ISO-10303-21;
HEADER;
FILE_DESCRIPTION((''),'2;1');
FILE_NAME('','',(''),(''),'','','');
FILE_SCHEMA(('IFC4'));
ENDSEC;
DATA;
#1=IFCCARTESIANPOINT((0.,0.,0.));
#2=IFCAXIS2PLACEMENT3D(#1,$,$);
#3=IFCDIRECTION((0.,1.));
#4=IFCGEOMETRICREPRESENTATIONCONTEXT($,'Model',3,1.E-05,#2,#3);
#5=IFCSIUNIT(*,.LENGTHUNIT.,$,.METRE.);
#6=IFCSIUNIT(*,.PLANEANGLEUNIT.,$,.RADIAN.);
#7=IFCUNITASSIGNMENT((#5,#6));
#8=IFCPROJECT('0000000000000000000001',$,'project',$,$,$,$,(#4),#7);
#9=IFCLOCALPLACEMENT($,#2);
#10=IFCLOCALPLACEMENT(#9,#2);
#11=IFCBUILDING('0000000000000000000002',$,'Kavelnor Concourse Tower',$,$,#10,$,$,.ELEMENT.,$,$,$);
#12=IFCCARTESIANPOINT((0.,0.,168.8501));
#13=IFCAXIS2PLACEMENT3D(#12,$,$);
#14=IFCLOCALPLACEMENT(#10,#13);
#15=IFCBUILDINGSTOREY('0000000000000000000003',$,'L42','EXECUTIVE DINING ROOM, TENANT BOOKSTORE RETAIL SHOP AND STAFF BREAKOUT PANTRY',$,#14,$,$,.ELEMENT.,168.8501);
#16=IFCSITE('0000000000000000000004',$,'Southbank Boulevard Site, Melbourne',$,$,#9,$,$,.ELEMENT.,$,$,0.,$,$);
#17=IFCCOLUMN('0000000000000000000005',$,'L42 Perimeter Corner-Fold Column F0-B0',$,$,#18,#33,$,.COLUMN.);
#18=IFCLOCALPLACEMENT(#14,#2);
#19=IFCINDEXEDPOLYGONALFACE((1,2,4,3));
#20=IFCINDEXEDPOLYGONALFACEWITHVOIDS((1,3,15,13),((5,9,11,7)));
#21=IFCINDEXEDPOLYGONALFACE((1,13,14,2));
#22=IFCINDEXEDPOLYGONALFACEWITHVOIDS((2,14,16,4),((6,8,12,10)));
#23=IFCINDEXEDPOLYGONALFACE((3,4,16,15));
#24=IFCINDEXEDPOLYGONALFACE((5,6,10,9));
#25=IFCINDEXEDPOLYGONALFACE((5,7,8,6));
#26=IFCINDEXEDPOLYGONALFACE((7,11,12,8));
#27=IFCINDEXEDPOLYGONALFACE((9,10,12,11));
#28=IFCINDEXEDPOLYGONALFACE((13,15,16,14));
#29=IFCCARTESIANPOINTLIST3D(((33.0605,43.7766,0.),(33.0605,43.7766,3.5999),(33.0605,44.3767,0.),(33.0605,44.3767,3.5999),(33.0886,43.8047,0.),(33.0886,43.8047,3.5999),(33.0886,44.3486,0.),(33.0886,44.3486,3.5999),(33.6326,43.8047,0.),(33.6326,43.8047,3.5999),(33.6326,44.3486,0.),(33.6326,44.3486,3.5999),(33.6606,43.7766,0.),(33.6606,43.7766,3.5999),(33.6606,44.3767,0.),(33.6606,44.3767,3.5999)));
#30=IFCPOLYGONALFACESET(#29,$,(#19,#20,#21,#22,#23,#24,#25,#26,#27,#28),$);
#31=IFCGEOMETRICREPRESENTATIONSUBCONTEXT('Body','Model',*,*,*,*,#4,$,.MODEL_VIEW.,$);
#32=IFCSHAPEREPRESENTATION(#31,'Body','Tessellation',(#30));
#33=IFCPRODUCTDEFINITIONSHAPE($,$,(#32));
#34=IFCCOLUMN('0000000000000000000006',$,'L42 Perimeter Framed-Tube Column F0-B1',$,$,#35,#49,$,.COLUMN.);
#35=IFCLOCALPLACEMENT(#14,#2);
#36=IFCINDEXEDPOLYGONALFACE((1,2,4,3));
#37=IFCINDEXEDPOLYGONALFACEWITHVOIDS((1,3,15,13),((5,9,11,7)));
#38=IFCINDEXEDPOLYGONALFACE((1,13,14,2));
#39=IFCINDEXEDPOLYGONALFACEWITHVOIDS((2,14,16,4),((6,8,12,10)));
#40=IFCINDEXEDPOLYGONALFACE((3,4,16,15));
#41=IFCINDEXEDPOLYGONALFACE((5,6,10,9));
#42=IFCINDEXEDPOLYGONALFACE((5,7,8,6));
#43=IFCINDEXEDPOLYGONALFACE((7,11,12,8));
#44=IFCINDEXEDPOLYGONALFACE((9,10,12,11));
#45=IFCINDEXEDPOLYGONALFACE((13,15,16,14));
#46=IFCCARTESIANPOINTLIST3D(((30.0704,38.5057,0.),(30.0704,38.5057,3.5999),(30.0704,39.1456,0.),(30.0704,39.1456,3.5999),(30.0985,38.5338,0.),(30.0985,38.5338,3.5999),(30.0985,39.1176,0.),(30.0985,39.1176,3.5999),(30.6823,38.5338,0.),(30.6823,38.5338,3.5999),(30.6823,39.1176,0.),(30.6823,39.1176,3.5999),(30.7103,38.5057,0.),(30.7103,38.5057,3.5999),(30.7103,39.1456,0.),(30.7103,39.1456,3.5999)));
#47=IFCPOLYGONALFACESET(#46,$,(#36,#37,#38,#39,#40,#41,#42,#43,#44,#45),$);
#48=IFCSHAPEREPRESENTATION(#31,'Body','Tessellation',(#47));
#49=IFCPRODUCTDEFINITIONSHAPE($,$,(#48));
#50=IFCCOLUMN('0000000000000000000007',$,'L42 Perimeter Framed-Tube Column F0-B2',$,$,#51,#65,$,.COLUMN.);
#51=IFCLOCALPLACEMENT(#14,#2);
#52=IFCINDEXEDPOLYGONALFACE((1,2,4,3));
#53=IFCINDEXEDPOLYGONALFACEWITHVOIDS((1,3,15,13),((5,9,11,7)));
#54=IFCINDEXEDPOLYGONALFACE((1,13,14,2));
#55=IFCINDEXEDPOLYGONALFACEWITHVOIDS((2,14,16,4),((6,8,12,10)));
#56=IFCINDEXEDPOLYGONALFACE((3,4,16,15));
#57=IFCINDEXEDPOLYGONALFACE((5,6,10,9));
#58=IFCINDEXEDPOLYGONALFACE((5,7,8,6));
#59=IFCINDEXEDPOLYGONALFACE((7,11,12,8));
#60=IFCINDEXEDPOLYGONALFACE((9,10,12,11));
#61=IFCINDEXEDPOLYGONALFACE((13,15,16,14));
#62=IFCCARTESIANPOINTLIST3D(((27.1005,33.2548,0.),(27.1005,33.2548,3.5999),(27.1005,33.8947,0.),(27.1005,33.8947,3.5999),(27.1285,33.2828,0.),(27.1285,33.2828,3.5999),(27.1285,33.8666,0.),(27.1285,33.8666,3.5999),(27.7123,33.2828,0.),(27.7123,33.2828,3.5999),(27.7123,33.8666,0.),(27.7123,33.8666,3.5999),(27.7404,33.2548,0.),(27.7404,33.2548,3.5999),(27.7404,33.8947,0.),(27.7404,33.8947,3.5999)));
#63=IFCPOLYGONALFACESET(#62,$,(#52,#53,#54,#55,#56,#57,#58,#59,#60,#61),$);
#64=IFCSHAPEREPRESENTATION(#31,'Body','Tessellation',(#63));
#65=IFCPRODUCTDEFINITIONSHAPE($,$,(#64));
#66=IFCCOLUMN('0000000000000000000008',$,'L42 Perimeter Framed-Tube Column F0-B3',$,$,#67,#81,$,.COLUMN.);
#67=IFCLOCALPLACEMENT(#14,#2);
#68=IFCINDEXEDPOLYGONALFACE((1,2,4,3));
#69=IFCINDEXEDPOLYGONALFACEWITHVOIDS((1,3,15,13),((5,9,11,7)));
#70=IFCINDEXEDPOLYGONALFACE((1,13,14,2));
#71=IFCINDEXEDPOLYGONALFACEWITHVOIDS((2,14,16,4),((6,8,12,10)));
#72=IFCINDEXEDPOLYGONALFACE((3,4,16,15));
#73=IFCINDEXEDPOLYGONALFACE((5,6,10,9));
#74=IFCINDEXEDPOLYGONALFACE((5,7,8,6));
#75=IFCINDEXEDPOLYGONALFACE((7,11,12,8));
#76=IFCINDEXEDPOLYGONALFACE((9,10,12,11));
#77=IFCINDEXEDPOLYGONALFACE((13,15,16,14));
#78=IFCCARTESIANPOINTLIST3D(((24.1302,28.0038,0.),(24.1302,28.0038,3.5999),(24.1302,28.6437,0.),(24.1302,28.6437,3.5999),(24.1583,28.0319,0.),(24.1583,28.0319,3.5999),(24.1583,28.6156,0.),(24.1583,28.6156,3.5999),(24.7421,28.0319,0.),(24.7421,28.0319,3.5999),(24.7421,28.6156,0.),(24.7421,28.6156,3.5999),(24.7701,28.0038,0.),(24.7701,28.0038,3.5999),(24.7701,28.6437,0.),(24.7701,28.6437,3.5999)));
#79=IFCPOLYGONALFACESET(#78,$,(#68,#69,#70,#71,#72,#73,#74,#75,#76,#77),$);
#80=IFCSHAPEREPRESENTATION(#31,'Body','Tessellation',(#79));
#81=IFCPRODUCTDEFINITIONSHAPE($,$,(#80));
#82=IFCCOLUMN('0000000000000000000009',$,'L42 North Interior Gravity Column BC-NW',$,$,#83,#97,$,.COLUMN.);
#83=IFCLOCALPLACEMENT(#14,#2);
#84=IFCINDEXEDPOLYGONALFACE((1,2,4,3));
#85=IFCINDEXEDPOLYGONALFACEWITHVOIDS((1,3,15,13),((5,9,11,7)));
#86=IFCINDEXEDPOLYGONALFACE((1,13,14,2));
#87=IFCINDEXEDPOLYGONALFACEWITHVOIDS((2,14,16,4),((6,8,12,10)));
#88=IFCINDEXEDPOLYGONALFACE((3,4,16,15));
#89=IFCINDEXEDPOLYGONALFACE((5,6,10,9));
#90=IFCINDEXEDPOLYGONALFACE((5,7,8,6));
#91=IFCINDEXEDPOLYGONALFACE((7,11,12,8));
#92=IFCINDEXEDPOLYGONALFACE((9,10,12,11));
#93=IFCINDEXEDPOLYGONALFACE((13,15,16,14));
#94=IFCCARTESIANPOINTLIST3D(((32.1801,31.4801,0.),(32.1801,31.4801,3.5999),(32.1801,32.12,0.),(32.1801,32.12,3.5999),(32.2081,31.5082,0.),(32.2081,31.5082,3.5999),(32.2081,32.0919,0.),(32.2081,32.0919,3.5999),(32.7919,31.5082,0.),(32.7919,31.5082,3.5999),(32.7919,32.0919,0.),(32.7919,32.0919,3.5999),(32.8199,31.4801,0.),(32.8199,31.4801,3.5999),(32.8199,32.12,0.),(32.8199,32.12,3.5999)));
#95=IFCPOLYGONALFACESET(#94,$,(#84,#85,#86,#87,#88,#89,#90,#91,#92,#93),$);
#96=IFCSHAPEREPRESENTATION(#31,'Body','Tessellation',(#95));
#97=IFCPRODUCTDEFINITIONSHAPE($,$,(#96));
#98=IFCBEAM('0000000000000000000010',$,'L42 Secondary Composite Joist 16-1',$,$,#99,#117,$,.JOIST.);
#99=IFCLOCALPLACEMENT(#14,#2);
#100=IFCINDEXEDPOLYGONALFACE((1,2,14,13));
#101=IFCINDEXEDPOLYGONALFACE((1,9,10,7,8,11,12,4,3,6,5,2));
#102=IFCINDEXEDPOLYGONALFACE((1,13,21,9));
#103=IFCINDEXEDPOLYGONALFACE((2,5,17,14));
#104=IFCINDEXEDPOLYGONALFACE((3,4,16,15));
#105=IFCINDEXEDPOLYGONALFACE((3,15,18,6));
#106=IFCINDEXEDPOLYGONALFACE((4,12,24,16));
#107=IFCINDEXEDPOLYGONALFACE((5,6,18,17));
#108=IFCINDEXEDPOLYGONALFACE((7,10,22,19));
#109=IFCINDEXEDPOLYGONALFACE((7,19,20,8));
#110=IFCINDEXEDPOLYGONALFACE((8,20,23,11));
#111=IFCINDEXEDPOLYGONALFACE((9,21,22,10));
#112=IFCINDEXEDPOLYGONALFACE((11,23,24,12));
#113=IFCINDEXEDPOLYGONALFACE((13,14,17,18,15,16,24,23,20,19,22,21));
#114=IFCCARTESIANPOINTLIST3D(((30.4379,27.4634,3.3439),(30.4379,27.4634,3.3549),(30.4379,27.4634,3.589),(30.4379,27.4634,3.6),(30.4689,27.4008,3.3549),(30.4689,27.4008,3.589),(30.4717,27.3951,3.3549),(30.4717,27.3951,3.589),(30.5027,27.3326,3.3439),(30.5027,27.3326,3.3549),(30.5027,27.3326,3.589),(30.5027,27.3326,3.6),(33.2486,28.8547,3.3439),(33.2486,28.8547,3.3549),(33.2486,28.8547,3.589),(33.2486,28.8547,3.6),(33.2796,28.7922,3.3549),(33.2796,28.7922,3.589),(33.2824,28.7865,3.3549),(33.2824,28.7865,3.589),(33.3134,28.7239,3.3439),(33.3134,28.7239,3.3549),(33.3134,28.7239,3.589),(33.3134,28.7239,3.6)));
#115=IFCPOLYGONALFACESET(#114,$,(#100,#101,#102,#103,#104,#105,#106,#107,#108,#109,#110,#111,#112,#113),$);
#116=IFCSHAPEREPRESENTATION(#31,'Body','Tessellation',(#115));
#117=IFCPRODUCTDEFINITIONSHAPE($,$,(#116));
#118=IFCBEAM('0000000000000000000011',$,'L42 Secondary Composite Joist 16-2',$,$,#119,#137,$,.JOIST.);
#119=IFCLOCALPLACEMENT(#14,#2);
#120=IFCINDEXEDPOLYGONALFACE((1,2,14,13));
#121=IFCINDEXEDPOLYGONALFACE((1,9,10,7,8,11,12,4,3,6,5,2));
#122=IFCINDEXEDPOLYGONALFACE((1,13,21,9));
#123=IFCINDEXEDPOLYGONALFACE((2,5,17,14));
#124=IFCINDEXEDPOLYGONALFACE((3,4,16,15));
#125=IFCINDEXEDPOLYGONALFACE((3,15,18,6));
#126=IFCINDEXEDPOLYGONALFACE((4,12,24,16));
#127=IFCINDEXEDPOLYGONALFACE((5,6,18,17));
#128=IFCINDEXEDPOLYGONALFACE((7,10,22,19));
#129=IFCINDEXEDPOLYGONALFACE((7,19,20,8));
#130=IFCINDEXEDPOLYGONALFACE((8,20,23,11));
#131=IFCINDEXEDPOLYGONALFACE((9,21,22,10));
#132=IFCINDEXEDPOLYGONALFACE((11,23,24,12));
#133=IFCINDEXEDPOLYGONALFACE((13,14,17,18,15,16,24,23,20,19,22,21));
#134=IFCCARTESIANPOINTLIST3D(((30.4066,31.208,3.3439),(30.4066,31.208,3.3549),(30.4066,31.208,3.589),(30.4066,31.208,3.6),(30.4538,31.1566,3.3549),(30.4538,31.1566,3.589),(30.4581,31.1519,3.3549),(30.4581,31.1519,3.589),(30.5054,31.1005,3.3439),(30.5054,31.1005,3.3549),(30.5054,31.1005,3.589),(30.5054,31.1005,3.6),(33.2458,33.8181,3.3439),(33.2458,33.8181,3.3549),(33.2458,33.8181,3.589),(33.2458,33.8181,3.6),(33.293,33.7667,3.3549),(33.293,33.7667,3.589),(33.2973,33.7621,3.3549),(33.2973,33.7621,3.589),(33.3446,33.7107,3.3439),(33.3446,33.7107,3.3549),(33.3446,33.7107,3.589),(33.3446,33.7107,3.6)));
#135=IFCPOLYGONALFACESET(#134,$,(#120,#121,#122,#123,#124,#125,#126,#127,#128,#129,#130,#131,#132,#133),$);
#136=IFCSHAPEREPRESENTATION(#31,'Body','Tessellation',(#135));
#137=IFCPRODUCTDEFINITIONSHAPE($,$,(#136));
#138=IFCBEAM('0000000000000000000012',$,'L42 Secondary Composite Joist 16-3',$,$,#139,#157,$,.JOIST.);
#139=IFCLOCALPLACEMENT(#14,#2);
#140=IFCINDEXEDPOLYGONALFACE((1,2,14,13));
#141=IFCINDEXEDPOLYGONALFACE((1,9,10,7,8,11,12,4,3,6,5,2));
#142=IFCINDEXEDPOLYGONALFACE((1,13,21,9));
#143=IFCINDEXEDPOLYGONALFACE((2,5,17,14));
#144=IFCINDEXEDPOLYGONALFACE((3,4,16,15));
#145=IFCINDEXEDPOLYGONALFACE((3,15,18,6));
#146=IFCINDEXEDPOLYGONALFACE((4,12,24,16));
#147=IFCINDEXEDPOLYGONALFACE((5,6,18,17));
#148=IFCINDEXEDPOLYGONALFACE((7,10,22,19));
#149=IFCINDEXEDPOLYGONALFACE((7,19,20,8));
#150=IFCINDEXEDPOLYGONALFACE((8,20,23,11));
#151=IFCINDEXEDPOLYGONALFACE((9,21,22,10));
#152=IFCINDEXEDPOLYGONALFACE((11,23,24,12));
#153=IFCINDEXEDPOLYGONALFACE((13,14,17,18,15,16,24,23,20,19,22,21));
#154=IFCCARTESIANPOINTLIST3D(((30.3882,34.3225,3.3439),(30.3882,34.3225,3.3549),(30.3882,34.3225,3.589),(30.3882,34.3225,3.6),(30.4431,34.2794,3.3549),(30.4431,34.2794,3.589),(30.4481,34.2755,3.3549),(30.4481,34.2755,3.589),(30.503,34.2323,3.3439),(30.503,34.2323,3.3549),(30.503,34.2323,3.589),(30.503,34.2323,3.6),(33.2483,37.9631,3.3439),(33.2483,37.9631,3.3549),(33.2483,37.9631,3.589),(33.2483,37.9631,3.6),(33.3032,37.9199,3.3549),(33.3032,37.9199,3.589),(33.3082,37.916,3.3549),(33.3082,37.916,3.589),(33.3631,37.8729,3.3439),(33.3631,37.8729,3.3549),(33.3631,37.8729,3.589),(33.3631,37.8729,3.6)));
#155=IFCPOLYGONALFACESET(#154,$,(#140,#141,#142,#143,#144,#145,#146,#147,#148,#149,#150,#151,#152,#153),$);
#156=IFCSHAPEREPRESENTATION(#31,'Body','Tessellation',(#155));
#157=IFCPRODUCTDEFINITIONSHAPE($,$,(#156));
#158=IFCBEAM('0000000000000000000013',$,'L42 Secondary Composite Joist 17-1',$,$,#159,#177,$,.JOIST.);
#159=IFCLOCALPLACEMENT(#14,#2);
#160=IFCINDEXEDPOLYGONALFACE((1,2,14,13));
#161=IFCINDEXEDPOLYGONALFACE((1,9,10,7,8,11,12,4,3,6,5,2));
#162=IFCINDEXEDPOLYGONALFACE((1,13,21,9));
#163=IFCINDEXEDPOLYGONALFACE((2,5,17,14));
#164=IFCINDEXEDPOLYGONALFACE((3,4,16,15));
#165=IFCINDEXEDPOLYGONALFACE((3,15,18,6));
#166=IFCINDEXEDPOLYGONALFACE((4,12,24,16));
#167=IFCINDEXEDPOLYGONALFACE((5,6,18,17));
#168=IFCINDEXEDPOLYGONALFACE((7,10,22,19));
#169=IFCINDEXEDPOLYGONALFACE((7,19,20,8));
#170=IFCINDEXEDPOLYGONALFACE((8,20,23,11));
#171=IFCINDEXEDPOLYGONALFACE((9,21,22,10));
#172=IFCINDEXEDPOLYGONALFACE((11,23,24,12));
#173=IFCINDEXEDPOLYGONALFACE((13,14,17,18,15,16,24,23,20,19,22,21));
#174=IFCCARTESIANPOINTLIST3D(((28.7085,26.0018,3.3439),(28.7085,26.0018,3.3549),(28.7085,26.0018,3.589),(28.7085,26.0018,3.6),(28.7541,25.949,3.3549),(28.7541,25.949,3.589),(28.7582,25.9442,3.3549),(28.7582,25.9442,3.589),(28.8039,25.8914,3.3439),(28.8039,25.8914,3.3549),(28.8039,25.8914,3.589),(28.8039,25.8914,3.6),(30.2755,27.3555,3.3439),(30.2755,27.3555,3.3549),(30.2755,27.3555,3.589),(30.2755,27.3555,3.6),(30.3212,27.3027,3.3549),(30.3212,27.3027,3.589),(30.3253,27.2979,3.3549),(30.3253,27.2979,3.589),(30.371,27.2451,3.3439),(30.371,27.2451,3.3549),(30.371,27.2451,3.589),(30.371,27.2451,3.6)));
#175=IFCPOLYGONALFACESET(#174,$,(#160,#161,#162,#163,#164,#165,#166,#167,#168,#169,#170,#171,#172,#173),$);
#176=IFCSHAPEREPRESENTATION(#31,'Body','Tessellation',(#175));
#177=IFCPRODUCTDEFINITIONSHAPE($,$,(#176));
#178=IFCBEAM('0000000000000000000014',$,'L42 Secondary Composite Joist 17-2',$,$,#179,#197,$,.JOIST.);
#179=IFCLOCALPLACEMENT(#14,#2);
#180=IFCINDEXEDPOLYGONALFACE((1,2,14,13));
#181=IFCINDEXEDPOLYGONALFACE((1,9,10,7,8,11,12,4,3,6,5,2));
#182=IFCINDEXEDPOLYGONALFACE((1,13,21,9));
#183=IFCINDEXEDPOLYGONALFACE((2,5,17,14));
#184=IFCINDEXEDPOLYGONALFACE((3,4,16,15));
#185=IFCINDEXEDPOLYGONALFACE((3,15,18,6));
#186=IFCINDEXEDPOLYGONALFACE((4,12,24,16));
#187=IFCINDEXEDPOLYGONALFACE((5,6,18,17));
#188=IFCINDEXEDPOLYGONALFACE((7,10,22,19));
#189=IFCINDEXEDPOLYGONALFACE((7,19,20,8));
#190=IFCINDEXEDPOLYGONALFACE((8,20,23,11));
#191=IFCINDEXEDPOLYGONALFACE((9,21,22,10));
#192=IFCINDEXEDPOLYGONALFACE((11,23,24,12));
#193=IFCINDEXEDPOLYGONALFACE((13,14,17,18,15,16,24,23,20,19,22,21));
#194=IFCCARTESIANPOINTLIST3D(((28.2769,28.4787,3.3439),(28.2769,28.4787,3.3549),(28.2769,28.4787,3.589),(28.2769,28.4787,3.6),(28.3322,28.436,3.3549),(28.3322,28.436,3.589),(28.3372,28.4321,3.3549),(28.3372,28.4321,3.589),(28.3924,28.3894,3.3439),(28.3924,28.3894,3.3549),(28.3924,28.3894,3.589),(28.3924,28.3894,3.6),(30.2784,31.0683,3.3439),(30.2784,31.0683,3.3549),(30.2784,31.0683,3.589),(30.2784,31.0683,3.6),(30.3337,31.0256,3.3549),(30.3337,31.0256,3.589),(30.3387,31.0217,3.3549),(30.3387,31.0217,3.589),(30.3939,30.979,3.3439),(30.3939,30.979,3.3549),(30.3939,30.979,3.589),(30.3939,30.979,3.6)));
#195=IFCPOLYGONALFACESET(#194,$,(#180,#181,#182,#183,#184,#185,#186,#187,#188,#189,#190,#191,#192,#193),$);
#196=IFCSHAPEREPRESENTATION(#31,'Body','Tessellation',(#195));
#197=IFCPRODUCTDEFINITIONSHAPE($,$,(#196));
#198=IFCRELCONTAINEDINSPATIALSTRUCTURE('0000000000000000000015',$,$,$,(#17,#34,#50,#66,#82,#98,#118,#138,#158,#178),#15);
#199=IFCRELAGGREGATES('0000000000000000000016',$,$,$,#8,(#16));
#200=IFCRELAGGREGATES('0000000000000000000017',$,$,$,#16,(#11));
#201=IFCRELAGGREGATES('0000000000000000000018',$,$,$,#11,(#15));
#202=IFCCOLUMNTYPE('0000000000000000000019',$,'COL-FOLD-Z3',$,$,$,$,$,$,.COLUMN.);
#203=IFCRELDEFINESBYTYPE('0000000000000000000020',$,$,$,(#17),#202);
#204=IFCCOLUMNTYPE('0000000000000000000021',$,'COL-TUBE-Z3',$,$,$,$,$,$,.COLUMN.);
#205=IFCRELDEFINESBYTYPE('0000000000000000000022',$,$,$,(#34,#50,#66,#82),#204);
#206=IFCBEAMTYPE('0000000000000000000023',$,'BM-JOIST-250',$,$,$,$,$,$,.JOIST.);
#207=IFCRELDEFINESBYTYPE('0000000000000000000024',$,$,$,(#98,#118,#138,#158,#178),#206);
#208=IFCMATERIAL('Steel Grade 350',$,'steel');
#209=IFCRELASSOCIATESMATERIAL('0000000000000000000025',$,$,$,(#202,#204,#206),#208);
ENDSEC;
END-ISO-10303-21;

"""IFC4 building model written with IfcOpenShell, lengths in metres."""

from ifc_helpers import new_model, si_unit, direction, frame, origin, origin_2d, place, context, subcontext, project, spatial, hollow_rectangle, i_section, extrude, material, material_profile, profile_set, type_object, element, save


model = new_model("IFC4")

# Units and contexts
model_context = context("Model", 3, precision=1e-05, world=origin(), true_north=direction((0.0, 1.0)))
body_context = subcontext(model_context, "Body", "Model", "MODEL_VIEW")
ifc_project = project(units=[si_unit("LENGTHUNIT", "METRE"), si_unit("PLANEANGLEUNIT", "RADIAN")], contexts=[model_context])

# Site, building, storey
site_placement = place(None, origin())
site = spatial("IfcSite", under=ifc_project, at=site_placement, Name="Southbank Boulevard Site, Melbourne", CompositionType="ELEMENT", RefElevation=0.0)
building_placement = place(site_placement, origin())
building = spatial("IfcBuilding", under=site, at=building_placement, Name="Kavelnor Concourse Tower", CompositionType="ELEMENT")
storey_placement = place(building_placement, frame((0.0, 0.0, 168.8501)))
storey = spatial("IfcBuildingStorey", under=building, at=storey_placement, Name="L42", Description="EXECUTIVE DINING ROOM, TENANT BOOKSTORE RETAIL SHOP AND STAFF BREAKOUT PANTRY", CompositionType="ELEMENT", Elevation=168.8501)

# Columns
ifc_material_1 = material(Name="Steel Grade 350", Category="steel")
ifc_material_profile_1 = material_profile(ifc_material_1, hollow_rectangle(XDim=0.6001, YDim=0.6001, WallThickness=0.0281, at=origin_2d()), Name="SHS 600x600x28")
ifc_profile_set_1 = profile_set([ifc_material_profile_1], Name="Steel Grade 350")
column_type_1 = type_object("IfcColumnType", Name="COL-FOLD-Z3", PredefinedType="COLUMN", material=ifc_profile_set_1)
column_placement = place(storey_placement, frame((33.3606, 44.0767, 0.0), z_axis=(0.0, 0.0, 1.0), x_axis=(1.0, 0.0, 0.0)))
element("IfcColumn", 1, at=column_placement, inside=storey, type_object=column_type_1, Name="L42 Perimeter Corner-Fold Column F0-B0", PredefinedType="COLUMN", context=body_context, shape_type="SweptSolid", body=[
    extrude(hollow_rectangle(XDim=0.6001, YDim=0.6001, WallThickness=0.0281, at=origin_2d()), origin(), (0.0, 0.0, 1.0), 3.5999),
])
ifc_material_profile_2 = material_profile(ifc_material_1, hollow_rectangle(XDim=0.6399, YDim=0.6399, WallThickness=0.0281, at=origin_2d()), Name="SHS 640x640x28")
ifc_profile_set_2 = profile_set([ifc_material_profile_2], Name="Steel Grade 350")
column_type_2 = type_object("IfcColumnType", Name="COL-TUBE-Z3", PredefinedType="COLUMN", material=ifc_profile_set_2)
for number, where, z_axis, x_axis, name in (
    (2, (30.3904, 38.8257, 0.0), (0.0, 0.0, 1.0), (1.0, 0.0, 0.0), "L42 Perimeter Framed-Tube Column F0-B1"),
    (3, (27.4204, 33.5747, 0.0), (0.0, 0.0, 1.0), (1.0, 0.0, 0.0), "L42 Perimeter Framed-Tube Column F0-B2"),
    (4, (24.4502, 28.3237, 0.0), (0.0, 0.0, 1.0), (1.0, 0.0, 0.0), "L42 Perimeter Framed-Tube Column F0-B3"),
    (5, (32.5, 31.8, 0.0), (0.0, 0.0, 1.0), (1.0, 0.0, 0.0), "L42 North Interior Gravity Column BC-NW"),
):
    element("IfcColumn", number, at=place(storey_placement, frame(where, z_axis=z_axis, x_axis=x_axis)), inside=storey, type_object=column_type_2, Name=name, PredefinedType="COLUMN", context=body_context, shape_type="SweptSolid", body=[
        extrude(hollow_rectangle(XDim=0.6399, YDim=0.6399, WallThickness=0.0281, at=origin_2d()), origin(), (0.0, 0.0, 1.0), 3.5999),
    ])

# Beams
ifc_material_profile_3 = material_profile(ifc_material_1, i_section(OverallWidth=0.146, OverallDepth=0.2561, WebThickness=0.0063, FlangeThickness=0.011, at=origin_2d()), Name="250UB37")
ifc_profile_set_3 = profile_set([ifc_material_profile_3], Name="Steel Grade 350")
beam_type_1 = type_object("IfcBeamType", Name="BM-JOIST-250", PredefinedType="JOIST", material=ifc_profile_set_3)
beam_1_placement = place(storey_placement, frame((33.281, 28.7893, 3.4719), z_axis=(-0.89621, -0.443629, 0.0), x_axis=(0.443629, -0.89621, 0.0)))
element("IfcBeam", 6, at=beam_1_placement, inside=storey, type_object=beam_type_1, Name="L42 Secondary Composite Joist 16-1", PredefinedType="JOIST", context=body_context, shape_type="SweptSolid", body=[
    extrude(i_section(OverallWidth=0.146, OverallDepth=0.2561, WebThickness=0.0063, FlangeThickness=0.011, at=origin_2d()), origin(), (0.0, 0.0, 1.0), 3.1362),
])
beam_2_placement = place(storey_placement, frame((33.2952, 33.7644, 3.4719), z_axis=(-0.736173, -0.676793, 0.0), x_axis=(0.676793, -0.736173, 0.0)))
element("IfcBeam", 7, at=beam_2_placement, inside=storey, type_object=beam_type_1, Name="L42 Secondary Composite Joist 16-2", PredefinedType="JOIST", context=body_context, shape_type="SweptSolid", body=[
    extrude(i_section(OverallWidth=0.146, OverallDepth=0.2561, WebThickness=0.0063, FlangeThickness=0.011, at=origin_2d()), origin(), (0.0, 0.0, 1.0), 3.8567),
])
beam_3_placement = place(storey_placement, frame((33.3057, 37.918, 3.4719), z_axis=(-0.61777, -0.786359, 0.0), x_axis=(0.786359, -0.61777, 0.0)))
element("IfcBeam", 8, at=beam_3_placement, inside=storey, type_object=beam_type_1, Name="L42 Secondary Composite Joist 16-3", PredefinedType="JOIST", context=body_context, shape_type="SweptSolid", body=[
    extrude(i_section(OverallWidth=0.146, OverallDepth=0.2561, WebThickness=0.0063, FlangeThickness=0.011, at=origin_2d()), origin(), (0.0, 0.0, 1.0), 4.6296),
])
beam_4_placement = place(storey_placement, frame((30.3232, 27.3003, 3.4719), z_axis=(-0.756746, -0.653709, 0.0), x_axis=(0.653709, -0.756746, 0.0)))
element("IfcBeam", 9, at=beam_4_placement, inside=storey, type_object=beam_type_1, Name="L42 Secondary Composite Joist 17-1", PredefinedType="JOIST", context=body_context, shape_type="SweptSolid", body=[
    extrude(i_section(OverallWidth=0.146, OverallDepth=0.2561, WebThickness=0.0063, FlangeThickness=0.011, at=origin_2d()), origin(), (0.0, 0.0, 1.0), 2.0708),
])
beam_5_placement = place(storey_placement, frame((30.3362, 31.0237, 3.4719), z_axis=(-0.611526, -0.791224, 0.0), x_axis=(0.791224, -0.611526, 0.0)))
element("IfcBeam", 10, at=beam_5_placement, inside=storey, type_object=beam_type_1, Name="L42 Secondary Composite Joist 17-2", PredefinedType="JOIST", context=body_context, shape_type="SweptSolid", body=[
    extrude(i_section(OverallWidth=0.146, OverallDepth=0.2561, WebThickness=0.0063, FlangeThickness=0.011, at=origin_2d()), origin(), (0.0, 0.0, 1.0), 3.2729),
])

save(model, "model.ifc")
